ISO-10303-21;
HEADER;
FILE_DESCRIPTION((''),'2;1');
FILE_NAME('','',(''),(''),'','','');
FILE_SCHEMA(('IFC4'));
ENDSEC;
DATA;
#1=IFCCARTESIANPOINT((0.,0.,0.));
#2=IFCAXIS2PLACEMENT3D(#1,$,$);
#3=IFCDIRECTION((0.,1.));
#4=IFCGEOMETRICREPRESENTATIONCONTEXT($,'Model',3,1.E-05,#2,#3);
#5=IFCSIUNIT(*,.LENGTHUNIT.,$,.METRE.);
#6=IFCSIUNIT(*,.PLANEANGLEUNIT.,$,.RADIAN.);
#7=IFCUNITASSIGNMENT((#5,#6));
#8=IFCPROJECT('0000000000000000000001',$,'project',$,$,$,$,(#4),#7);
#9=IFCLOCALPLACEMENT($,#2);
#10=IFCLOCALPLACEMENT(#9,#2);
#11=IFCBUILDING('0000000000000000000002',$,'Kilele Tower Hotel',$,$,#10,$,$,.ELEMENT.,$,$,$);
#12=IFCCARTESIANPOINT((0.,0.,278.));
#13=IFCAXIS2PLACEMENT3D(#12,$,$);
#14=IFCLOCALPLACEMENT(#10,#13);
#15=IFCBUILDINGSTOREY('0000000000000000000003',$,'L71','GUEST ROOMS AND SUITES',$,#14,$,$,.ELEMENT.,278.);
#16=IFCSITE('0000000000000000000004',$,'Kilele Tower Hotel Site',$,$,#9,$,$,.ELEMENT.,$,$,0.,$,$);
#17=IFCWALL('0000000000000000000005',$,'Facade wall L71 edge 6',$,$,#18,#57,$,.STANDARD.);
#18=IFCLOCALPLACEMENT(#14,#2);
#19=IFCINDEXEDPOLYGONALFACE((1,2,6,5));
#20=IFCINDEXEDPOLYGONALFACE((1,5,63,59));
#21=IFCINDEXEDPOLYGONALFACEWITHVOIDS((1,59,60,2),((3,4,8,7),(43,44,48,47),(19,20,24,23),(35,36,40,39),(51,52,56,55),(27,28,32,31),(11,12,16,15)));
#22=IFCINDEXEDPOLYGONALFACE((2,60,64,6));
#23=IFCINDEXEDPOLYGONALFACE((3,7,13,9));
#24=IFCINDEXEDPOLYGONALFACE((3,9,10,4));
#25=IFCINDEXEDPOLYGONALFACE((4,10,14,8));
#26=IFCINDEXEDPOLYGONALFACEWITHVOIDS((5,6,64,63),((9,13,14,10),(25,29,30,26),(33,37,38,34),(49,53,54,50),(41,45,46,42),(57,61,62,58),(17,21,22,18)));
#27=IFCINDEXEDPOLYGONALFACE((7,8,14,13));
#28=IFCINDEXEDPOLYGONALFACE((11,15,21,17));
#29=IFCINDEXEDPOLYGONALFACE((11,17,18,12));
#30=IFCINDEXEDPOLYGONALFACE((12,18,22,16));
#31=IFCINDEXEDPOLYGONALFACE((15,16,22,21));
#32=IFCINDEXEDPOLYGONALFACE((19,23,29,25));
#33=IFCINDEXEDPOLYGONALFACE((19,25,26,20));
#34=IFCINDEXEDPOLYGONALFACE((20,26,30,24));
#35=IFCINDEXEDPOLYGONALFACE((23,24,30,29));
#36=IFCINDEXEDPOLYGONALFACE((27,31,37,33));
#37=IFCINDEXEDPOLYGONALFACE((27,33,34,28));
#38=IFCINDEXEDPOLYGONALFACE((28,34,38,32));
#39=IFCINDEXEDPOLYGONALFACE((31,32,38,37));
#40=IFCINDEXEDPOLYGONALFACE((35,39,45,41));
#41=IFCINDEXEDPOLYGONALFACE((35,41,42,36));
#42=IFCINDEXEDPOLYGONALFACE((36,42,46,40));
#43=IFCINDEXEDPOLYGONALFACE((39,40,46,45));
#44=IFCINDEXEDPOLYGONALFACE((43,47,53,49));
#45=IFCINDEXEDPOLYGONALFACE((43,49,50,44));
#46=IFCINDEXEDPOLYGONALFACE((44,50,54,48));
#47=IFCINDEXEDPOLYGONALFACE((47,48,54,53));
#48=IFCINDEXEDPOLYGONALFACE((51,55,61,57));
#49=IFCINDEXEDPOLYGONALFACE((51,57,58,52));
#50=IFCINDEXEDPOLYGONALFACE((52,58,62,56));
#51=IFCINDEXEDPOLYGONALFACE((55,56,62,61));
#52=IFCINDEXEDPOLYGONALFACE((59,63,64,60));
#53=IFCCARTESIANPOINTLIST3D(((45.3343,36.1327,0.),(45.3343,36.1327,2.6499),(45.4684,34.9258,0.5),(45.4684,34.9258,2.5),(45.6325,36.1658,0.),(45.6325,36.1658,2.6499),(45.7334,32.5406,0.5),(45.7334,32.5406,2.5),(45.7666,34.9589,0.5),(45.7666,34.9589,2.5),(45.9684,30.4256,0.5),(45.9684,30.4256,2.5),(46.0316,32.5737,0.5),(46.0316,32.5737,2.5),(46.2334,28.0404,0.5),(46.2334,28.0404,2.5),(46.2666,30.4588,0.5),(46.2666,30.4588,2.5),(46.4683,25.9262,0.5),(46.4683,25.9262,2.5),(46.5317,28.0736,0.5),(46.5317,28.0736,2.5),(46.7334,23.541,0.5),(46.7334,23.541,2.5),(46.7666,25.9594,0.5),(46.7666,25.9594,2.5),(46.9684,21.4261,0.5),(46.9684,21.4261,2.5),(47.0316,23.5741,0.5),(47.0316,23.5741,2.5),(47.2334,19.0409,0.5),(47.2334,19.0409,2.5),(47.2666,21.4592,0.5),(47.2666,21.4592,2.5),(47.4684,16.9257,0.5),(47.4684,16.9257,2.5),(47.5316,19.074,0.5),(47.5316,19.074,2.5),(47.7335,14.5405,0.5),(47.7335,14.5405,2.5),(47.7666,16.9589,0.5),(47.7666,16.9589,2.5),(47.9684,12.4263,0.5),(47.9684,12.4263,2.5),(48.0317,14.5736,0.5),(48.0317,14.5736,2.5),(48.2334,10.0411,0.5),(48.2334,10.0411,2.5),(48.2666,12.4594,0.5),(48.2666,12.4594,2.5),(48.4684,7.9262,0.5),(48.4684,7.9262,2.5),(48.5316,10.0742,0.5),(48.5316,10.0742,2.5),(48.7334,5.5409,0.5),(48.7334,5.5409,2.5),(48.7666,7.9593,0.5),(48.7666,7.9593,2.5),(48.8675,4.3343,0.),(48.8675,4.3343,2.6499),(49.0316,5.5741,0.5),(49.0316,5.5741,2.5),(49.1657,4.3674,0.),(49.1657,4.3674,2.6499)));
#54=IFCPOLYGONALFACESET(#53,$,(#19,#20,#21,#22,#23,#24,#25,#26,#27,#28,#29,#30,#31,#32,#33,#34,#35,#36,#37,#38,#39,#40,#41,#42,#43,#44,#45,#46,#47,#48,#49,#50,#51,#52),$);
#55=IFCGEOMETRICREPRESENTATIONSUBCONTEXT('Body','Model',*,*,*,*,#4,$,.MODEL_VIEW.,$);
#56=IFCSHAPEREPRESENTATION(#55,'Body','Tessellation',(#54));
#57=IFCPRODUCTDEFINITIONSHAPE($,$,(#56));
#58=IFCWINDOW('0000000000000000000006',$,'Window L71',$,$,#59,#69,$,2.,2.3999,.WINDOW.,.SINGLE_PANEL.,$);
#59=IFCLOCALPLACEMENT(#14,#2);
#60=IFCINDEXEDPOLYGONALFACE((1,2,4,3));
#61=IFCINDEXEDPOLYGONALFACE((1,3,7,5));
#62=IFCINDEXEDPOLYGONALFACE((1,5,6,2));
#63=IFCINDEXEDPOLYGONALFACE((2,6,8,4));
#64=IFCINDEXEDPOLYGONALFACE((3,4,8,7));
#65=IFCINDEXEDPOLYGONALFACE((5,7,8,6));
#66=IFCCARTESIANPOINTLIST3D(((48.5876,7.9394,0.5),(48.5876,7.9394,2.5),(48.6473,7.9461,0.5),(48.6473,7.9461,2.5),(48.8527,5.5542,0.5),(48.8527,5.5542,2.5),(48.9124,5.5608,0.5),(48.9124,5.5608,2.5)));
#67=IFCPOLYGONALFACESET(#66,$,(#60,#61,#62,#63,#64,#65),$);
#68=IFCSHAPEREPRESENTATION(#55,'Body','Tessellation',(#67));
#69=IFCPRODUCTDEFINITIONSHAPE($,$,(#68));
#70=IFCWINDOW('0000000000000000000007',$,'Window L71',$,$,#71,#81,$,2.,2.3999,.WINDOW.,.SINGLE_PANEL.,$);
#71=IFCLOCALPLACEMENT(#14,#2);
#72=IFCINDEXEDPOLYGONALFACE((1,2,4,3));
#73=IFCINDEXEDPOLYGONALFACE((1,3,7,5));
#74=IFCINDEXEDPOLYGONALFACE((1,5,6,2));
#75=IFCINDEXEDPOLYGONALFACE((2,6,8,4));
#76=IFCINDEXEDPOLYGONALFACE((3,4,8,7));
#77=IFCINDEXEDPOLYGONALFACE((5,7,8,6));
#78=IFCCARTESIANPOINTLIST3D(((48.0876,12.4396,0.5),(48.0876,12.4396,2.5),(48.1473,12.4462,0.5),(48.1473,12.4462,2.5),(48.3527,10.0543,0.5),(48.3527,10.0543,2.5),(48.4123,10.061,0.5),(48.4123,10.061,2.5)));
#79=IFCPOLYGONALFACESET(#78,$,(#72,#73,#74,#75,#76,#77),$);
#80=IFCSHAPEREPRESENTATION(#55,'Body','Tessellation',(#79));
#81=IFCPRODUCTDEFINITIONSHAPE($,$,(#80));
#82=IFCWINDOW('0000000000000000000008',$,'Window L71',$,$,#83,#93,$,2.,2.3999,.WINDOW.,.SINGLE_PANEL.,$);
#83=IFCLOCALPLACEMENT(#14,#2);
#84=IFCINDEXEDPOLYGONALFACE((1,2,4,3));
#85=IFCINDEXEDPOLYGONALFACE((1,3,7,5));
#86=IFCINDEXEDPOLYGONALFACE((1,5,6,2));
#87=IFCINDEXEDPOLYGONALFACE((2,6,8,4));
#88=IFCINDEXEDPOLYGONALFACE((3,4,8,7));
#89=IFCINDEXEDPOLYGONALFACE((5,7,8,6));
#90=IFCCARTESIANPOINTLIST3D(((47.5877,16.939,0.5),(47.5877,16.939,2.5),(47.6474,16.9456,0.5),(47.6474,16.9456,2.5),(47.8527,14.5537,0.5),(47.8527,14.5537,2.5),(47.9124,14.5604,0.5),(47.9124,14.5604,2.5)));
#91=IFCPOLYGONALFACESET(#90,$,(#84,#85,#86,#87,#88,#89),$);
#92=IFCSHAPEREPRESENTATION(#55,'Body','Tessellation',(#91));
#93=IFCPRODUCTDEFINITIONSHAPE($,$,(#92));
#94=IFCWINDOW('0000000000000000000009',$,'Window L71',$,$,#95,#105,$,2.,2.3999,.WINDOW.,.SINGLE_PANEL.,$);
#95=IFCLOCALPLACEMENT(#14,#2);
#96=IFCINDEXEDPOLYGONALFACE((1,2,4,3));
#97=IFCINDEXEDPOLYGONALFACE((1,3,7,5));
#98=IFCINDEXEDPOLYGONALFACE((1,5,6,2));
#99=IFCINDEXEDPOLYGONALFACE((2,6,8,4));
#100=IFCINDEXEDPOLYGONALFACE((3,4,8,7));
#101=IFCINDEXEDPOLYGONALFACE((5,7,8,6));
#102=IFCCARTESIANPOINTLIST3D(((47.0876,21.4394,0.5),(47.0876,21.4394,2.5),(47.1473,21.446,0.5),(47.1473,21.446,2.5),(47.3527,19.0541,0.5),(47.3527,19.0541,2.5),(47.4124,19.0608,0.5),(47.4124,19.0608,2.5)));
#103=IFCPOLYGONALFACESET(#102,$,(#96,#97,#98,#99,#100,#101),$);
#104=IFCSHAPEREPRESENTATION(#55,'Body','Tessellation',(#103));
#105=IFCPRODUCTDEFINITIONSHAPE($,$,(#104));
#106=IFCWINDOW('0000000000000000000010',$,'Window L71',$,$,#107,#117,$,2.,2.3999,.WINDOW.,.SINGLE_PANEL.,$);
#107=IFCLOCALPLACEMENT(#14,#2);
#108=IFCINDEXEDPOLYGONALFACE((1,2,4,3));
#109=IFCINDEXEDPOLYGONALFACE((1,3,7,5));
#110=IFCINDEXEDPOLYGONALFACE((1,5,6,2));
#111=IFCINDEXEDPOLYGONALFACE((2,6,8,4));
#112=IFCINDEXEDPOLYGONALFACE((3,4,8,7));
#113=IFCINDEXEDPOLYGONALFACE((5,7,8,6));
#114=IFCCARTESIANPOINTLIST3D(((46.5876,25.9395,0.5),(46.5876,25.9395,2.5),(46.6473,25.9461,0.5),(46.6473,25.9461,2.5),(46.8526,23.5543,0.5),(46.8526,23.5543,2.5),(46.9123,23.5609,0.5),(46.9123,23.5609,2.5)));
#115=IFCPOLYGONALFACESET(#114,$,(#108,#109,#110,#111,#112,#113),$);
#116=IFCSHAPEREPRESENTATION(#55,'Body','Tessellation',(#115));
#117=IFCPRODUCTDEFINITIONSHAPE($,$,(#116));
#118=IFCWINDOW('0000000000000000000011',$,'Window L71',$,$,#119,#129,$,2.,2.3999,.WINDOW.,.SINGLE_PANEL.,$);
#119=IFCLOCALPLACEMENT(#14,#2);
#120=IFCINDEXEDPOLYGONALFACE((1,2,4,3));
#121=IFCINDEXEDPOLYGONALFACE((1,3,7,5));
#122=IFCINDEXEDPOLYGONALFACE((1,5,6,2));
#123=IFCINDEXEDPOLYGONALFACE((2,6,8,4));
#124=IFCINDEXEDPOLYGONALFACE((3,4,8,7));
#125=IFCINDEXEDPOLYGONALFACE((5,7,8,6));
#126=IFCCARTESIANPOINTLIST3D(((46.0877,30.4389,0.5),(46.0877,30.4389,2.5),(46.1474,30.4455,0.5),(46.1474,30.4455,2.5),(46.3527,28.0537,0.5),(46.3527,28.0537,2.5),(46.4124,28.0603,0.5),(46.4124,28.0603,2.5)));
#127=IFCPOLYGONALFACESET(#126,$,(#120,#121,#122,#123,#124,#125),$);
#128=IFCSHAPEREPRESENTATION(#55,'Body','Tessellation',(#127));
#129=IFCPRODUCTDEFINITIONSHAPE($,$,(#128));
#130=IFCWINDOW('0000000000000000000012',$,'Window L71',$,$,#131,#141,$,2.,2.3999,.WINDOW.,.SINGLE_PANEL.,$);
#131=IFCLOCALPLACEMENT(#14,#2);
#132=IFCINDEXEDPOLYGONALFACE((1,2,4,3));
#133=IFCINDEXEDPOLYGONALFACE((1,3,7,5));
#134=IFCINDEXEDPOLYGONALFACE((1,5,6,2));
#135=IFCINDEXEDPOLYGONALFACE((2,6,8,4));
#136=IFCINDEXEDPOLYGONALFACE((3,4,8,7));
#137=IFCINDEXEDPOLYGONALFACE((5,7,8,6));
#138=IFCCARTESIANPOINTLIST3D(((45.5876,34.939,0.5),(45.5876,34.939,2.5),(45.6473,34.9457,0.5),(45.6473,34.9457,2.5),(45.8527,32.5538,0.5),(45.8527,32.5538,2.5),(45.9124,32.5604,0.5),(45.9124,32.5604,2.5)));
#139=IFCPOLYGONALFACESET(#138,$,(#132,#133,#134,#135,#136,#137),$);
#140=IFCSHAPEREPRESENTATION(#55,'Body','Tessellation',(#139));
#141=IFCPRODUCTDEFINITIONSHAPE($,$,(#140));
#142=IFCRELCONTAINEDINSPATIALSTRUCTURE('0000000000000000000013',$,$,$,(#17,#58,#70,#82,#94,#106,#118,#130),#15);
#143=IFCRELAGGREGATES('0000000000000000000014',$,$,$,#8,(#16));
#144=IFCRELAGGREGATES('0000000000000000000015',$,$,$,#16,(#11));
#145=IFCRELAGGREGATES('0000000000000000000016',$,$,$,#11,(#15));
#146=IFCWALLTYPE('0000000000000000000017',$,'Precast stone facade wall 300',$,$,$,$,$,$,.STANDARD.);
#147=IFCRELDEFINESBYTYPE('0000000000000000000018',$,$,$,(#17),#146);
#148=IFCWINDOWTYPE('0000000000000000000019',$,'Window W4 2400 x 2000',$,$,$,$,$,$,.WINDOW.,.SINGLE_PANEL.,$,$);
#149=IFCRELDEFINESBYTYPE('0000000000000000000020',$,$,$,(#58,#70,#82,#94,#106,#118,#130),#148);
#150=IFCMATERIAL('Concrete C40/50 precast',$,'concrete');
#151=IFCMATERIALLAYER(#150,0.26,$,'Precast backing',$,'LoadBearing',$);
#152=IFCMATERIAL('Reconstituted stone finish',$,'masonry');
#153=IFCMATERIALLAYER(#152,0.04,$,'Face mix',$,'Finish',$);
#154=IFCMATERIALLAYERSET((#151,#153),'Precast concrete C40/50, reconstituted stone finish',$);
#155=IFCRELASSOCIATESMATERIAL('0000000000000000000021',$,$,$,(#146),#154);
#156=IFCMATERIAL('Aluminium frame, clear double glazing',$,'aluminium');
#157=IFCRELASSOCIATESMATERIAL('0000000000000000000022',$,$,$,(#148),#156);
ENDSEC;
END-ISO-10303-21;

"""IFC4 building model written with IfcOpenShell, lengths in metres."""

from ifc_helpers import new_model, si_unit, direction, frame, frame_2d, origin, place, context, subcontext, project, spatial, rectangle, extrude, material, layer, layer_set, type_object, element, fill, save


model = new_model("IFC4")

# Units and contexts
model_context = context("Model", 3, precision=1e-05, world=origin(), true_north=direction((0.0, 1.0)))
body_context = subcontext(model_context, "Body", "Model", "MODEL_VIEW")
ifc_project = project(units=[si_unit("LENGTHUNIT", "METRE"), si_unit("PLANEANGLEUNIT", "RADIAN")], contexts=[model_context])

# Site, building, storey
site_placement = place(None, origin())
site = spatial("IfcSite", under=ifc_project, at=site_placement, Name="Kilele Tower Hotel Site", CompositionType="ELEMENT", RefElevation=0.0)
building_placement = place(site_placement, origin())
building = spatial("IfcBuilding", under=site, at=building_placement, Name="Kilele Tower Hotel", CompositionType="ELEMENT")
storey_placement = place(building_placement, frame((0.0, 0.0, 278.0)))
storey = spatial("IfcBuildingStorey", under=building, at=storey_placement, Name="L71", Description="GUEST ROOMS AND SUITES", CompositionType="ELEMENT", Elevation=278.0)

# Shared definitions
ifc_material_1 = material(Name="Concrete C40/50 precast", Category="concrete")
ifc_layer_1 = layer(ifc_material_1, 0.26, Name="Precast backing", Category="LoadBearing")
ifc_material_2 = material(Name="Reconstituted stone finish", Category="masonry")
ifc_layer_2 = layer(ifc_material_2, 0.04, Name="Face mix", Category="Finish")
ifc_layer_set = layer_set([ifc_layer_1, ifc_layer_2], Name="Precast concrete C40/50, reconstituted stone finish")
wall_type = type_object("IfcWallType", Name="Precast stone facade wall 300", PredefinedType="STANDARD", material=ifc_layer_set)
ifc_material_3 = material(Name="Aluminium frame, clear double glazing", Category="aluminium")
window_type_1 = type_object("IfcWindowType", Name="Window W4 2400 x 2000", PartitioningType="SINGLE_PANEL", PredefinedType="WINDOW", material=ifc_material_3)

# Wall, openings, windows
wall_1_placement = place(storey_placement, frame((49.0166, 4.3508, 0.0), z_axis=(0.0, 0.0, 1.0), x_axis=(-0.110433, 0.993884, 0.0)))
wall_1 = element("IfcWall", 1, at=wall_1_placement, inside=storey, type_object=wall_type, Name="Facade wall L71 edge 6", PredefinedType="STANDARD", context=body_context, shape_type="SweptSolid", body=[
    extrude(rectangle(XDim=31.9941, YDim=0.3, at=frame_2d((15.9971, 0.0))), origin(), (0.0, 0.0, 1.0), 2.6499),
])
opening_1_placement = place(wall_1_placement, frame((1.2141, 0.0, 0.5)))
opening_1 = element("IfcOpeningElement", 2, at=opening_1_placement, cuts=wall_1, PredefinedType="OPENING", context=body_context, shape_type="SweptSolid", body=[
    extrude(rectangle(XDim=2.3999, YDim=2.0, at=frame_2d((1.2, 1.0))), frame((0.0, 0.1599, 0.0), z_axis=(0.0, -1.0, 0.0), x_axis=(1.0, 0.0, 0.0)), (0.0, 0.0, 1.0), 0.3201),
])
opening_2_placement = place(wall_1_placement, frame((5.7419, 0.0, 0.5)))
opening_2 = element("IfcOpeningElement", 3, at=opening_2_placement, cuts=wall_1, PredefinedType="OPENING", context=body_context, shape_type="SweptSolid", body=[
    extrude(rectangle(XDim=2.3999, YDim=2.0, at=frame_2d((1.2, 1.0))), frame((0.0, 0.1599, 0.0), z_axis=(0.0, -1.0, 0.0), x_axis=(1.0, 0.0, 0.0)), (0.0, 0.0, 1.0), 0.3201),
])
opening_3_placement = place(wall_1_placement, frame((10.269, 0.0, 0.5)))
opening_3 = element("IfcOpeningElement", 4, at=opening_3_placement, cuts=wall_1, PredefinedType="OPENING", context=body_context, shape_type="SweptSolid", body=[
    extrude(rectangle(XDim=2.3999, YDim=2.0, at=frame_2d((1.2, 1.0))), frame((0.0, 0.1599, 0.0), z_axis=(0.0, -1.0, 0.0), x_axis=(1.0, 0.0, 0.0)), (0.0, 0.0, 1.0), 0.3201),
])
opening_4_placement = place(wall_1_placement, frame((14.7971, 0.0, 0.5)))
opening_4 = element("IfcOpeningElement", 5, at=opening_4_placement, cuts=wall_1, PredefinedType="OPENING", context=body_context, shape_type="SweptSolid", body=[
    extrude(rectangle(XDim=2.3999, YDim=2.0, at=frame_2d((1.2, 1.0))), frame((0.0, 0.1599, 0.0), z_axis=(0.0, -1.0, 0.0), x_axis=(1.0, 0.0, 0.0)), (0.0, 0.0, 1.0), 0.3201),
])
opening_5_placement = place(wall_1_placement, frame((19.325, 0.0, 0.5)))
opening_5 = element("IfcOpeningElement", 6, at=opening_5_placement, cuts=wall_1, PredefinedType="OPENING", context=body_context, shape_type="SweptSolid", body=[
    extrude(rectangle(XDim=2.3999, YDim=2.0, at=frame_2d((1.2, 1.0))), frame((0.0, 0.1599, 0.0), z_axis=(0.0, -1.0, 0.0), x_axis=(1.0, 0.0, 0.0)), (0.0, 0.0, 1.0), 0.3201),
])
opening_6_placement = place(wall_1_placement, frame((23.8521, 0.0, 0.5)))
opening_6 = element("IfcOpeningElement", 7, at=opening_6_placement, cuts=wall_1, PredefinedType="OPENING", context=body_context, shape_type="SweptSolid", body=[
    extrude(rectangle(XDim=2.3999, YDim=2.0, at=frame_2d((1.2, 1.0))), frame((0.0, 0.1599, 0.0), z_axis=(0.0, -1.0, 0.0), x_axis=(1.0, 0.0, 0.0)), (0.0, 0.0, 1.0), 0.3201),
])
opening_7_placement = place(wall_1_placement, frame((28.3799, 0.0, 0.5)))
opening_7 = element("IfcOpeningElement", 8, at=opening_7_placement, cuts=wall_1, PredefinedType="OPENING", context=body_context, shape_type="SweptSolid", body=[
    extrude(rectangle(XDim=2.3999, YDim=2.0, at=frame_2d((1.2, 1.0))), frame((0.0, 0.1599, 0.0), z_axis=(0.0, -1.0, 0.0), x_axis=(1.0, 0.0, 0.0)), (0.0, 0.0, 1.0), 0.3201),
])
window_1_placement = place(opening_1_placement, origin())
window_1 = element("IfcWindow", 9, at=window_1_placement, inside=storey, type_object=window_type_1, Name="Window L71", OverallHeight=2.0, OverallWidth=2.3999, PartitioningType="SINGLE_PANEL", PredefinedType="WINDOW", context=body_context, shape_type="SweptSolid", body=[
    extrude(rectangle(XDim=2.3999, YDim=2.0, at=frame_2d((1.2, 1.0))), frame((0.0, 0.03, 0.0), z_axis=(0.0, -1.0, 0.0), x_axis=(1.0, 0.0, 0.0)), (0.0, 0.0, 1.0), 0.0601),
])
fill(opening_1, window_1)
window_2_placement = place(opening_2_placement, origin())
window_2 = element("IfcWindow", 10, at=window_2_placement, inside=storey, type_object=window_type_1, Name="Window L71", OverallHeight=2.0, OverallWidth=2.3999, PartitioningType="SINGLE_PANEL", PredefinedType="WINDOW", context=body_context, shape_type="SweptSolid", body=[
    extrude(rectangle(XDim=2.3999, YDim=2.0, at=frame_2d((1.2, 1.0))), frame((0.0, 0.03, 0.0), z_axis=(0.0, -1.0, 0.0), x_axis=(1.0, 0.0, 0.0)), (0.0, 0.0, 1.0), 0.0601),
])
fill(opening_2, window_2)
window_3_placement = place(opening_3_placement, origin())
window_3 = element("IfcWindow", 11, at=window_3_placement, inside=storey, type_object=window_type_1, Name="Window L71", OverallHeight=2.0, OverallWidth=2.3999, PartitioningType="SINGLE_PANEL", PredefinedType="WINDOW", context=body_context, shape_type="SweptSolid", body=[
    extrude(rectangle(XDim=2.3999, YDim=2.0, at=frame_2d((1.2, 1.0))), frame((0.0, 0.03, 0.0), z_axis=(0.0, -1.0, 0.0), x_axis=(1.0, 0.0, 0.0)), (0.0, 0.0, 1.0), 0.0601),
])
fill(opening_3, window_3)
window_4_placement = place(opening_4_placement, origin())
window_4 = element("IfcWindow", 12, at=window_4_placement, inside=storey, type_object=window_type_1, Name="Window L71", OverallHeight=2.0, OverallWidth=2.3999, PartitioningType="SINGLE_PANEL", PredefinedType="WINDOW", context=body_context, shape_type="SweptSolid", body=[
    extrude(rectangle(XDim=2.3999, YDim=2.0, at=frame_2d((1.2, 1.0))), frame((0.0, 0.03, 0.0), z_axis=(0.0, -1.0, 0.0), x_axis=(1.0, 0.0, 0.0)), (0.0, 0.0, 1.0), 0.0601),
])
fill(opening_4, window_4)
window_5_placement = place(opening_5_placement, origin())
window_5 = element("IfcWindow", 13, at=window_5_placement, inside=storey, type_object=window_type_1, Name="Window L71", OverallHeight=2.0, OverallWidth=2.3999, PartitioningType="SINGLE_PANEL", PredefinedType="WINDOW", context=body_context, shape_type="SweptSolid", body=[
    extrude(rectangle(XDim=2.3999, YDim=2.0, at=frame_2d((1.2, 1.0))), frame((0.0, 0.03, 0.0), z_axis=(0.0, -1.0, 0.0), x_axis=(1.0, 0.0, 0.0)), (0.0, 0.0, 1.0), 0.0601),
])
fill(opening_5, window_5)
window_6_placement = place(opening_6_placement, origin())
window_6 = element("IfcWindow", 14, at=window_6_placement, inside=storey, type_object=window_type_1, Name="Window L71", OverallHeight=2.0, OverallWidth=2.3999, PartitioningType="SINGLE_PANEL", PredefinedType="WINDOW", context=body_context, shape_type="SweptSolid", body=[
    extrude(rectangle(XDim=2.3999, YDim=2.0, at=frame_2d((1.2, 1.0))), frame((0.0, 0.03, 0.0), z_axis=(0.0, -1.0, 0.0), x_axis=(1.0, 0.0, 0.0)), (0.0, 0.0, 1.0), 0.0601),
])
fill(opening_6, window_6)
window_7_placement = place(opening_7_placement, origin())
window_7 = element("IfcWindow", 15, at=window_7_placement, inside=storey, type_object=window_type_1, Name="Window L71", OverallHeight=2.0, OverallWidth=2.3999, PartitioningType="SINGLE_PANEL", PredefinedType="WINDOW", context=body_context, shape_type="SweptSolid", body=[
    extrude(rectangle(XDim=2.3999, YDim=2.0, at=frame_2d((1.2, 1.0))), frame((0.0, 0.03, 0.0), z_axis=(0.0, -1.0, 0.0), x_axis=(1.0, 0.0, 0.0)), (0.0, 0.0, 1.0), 0.0601),
])
fill(opening_7, window_7)

save(model, "model.ifc")
